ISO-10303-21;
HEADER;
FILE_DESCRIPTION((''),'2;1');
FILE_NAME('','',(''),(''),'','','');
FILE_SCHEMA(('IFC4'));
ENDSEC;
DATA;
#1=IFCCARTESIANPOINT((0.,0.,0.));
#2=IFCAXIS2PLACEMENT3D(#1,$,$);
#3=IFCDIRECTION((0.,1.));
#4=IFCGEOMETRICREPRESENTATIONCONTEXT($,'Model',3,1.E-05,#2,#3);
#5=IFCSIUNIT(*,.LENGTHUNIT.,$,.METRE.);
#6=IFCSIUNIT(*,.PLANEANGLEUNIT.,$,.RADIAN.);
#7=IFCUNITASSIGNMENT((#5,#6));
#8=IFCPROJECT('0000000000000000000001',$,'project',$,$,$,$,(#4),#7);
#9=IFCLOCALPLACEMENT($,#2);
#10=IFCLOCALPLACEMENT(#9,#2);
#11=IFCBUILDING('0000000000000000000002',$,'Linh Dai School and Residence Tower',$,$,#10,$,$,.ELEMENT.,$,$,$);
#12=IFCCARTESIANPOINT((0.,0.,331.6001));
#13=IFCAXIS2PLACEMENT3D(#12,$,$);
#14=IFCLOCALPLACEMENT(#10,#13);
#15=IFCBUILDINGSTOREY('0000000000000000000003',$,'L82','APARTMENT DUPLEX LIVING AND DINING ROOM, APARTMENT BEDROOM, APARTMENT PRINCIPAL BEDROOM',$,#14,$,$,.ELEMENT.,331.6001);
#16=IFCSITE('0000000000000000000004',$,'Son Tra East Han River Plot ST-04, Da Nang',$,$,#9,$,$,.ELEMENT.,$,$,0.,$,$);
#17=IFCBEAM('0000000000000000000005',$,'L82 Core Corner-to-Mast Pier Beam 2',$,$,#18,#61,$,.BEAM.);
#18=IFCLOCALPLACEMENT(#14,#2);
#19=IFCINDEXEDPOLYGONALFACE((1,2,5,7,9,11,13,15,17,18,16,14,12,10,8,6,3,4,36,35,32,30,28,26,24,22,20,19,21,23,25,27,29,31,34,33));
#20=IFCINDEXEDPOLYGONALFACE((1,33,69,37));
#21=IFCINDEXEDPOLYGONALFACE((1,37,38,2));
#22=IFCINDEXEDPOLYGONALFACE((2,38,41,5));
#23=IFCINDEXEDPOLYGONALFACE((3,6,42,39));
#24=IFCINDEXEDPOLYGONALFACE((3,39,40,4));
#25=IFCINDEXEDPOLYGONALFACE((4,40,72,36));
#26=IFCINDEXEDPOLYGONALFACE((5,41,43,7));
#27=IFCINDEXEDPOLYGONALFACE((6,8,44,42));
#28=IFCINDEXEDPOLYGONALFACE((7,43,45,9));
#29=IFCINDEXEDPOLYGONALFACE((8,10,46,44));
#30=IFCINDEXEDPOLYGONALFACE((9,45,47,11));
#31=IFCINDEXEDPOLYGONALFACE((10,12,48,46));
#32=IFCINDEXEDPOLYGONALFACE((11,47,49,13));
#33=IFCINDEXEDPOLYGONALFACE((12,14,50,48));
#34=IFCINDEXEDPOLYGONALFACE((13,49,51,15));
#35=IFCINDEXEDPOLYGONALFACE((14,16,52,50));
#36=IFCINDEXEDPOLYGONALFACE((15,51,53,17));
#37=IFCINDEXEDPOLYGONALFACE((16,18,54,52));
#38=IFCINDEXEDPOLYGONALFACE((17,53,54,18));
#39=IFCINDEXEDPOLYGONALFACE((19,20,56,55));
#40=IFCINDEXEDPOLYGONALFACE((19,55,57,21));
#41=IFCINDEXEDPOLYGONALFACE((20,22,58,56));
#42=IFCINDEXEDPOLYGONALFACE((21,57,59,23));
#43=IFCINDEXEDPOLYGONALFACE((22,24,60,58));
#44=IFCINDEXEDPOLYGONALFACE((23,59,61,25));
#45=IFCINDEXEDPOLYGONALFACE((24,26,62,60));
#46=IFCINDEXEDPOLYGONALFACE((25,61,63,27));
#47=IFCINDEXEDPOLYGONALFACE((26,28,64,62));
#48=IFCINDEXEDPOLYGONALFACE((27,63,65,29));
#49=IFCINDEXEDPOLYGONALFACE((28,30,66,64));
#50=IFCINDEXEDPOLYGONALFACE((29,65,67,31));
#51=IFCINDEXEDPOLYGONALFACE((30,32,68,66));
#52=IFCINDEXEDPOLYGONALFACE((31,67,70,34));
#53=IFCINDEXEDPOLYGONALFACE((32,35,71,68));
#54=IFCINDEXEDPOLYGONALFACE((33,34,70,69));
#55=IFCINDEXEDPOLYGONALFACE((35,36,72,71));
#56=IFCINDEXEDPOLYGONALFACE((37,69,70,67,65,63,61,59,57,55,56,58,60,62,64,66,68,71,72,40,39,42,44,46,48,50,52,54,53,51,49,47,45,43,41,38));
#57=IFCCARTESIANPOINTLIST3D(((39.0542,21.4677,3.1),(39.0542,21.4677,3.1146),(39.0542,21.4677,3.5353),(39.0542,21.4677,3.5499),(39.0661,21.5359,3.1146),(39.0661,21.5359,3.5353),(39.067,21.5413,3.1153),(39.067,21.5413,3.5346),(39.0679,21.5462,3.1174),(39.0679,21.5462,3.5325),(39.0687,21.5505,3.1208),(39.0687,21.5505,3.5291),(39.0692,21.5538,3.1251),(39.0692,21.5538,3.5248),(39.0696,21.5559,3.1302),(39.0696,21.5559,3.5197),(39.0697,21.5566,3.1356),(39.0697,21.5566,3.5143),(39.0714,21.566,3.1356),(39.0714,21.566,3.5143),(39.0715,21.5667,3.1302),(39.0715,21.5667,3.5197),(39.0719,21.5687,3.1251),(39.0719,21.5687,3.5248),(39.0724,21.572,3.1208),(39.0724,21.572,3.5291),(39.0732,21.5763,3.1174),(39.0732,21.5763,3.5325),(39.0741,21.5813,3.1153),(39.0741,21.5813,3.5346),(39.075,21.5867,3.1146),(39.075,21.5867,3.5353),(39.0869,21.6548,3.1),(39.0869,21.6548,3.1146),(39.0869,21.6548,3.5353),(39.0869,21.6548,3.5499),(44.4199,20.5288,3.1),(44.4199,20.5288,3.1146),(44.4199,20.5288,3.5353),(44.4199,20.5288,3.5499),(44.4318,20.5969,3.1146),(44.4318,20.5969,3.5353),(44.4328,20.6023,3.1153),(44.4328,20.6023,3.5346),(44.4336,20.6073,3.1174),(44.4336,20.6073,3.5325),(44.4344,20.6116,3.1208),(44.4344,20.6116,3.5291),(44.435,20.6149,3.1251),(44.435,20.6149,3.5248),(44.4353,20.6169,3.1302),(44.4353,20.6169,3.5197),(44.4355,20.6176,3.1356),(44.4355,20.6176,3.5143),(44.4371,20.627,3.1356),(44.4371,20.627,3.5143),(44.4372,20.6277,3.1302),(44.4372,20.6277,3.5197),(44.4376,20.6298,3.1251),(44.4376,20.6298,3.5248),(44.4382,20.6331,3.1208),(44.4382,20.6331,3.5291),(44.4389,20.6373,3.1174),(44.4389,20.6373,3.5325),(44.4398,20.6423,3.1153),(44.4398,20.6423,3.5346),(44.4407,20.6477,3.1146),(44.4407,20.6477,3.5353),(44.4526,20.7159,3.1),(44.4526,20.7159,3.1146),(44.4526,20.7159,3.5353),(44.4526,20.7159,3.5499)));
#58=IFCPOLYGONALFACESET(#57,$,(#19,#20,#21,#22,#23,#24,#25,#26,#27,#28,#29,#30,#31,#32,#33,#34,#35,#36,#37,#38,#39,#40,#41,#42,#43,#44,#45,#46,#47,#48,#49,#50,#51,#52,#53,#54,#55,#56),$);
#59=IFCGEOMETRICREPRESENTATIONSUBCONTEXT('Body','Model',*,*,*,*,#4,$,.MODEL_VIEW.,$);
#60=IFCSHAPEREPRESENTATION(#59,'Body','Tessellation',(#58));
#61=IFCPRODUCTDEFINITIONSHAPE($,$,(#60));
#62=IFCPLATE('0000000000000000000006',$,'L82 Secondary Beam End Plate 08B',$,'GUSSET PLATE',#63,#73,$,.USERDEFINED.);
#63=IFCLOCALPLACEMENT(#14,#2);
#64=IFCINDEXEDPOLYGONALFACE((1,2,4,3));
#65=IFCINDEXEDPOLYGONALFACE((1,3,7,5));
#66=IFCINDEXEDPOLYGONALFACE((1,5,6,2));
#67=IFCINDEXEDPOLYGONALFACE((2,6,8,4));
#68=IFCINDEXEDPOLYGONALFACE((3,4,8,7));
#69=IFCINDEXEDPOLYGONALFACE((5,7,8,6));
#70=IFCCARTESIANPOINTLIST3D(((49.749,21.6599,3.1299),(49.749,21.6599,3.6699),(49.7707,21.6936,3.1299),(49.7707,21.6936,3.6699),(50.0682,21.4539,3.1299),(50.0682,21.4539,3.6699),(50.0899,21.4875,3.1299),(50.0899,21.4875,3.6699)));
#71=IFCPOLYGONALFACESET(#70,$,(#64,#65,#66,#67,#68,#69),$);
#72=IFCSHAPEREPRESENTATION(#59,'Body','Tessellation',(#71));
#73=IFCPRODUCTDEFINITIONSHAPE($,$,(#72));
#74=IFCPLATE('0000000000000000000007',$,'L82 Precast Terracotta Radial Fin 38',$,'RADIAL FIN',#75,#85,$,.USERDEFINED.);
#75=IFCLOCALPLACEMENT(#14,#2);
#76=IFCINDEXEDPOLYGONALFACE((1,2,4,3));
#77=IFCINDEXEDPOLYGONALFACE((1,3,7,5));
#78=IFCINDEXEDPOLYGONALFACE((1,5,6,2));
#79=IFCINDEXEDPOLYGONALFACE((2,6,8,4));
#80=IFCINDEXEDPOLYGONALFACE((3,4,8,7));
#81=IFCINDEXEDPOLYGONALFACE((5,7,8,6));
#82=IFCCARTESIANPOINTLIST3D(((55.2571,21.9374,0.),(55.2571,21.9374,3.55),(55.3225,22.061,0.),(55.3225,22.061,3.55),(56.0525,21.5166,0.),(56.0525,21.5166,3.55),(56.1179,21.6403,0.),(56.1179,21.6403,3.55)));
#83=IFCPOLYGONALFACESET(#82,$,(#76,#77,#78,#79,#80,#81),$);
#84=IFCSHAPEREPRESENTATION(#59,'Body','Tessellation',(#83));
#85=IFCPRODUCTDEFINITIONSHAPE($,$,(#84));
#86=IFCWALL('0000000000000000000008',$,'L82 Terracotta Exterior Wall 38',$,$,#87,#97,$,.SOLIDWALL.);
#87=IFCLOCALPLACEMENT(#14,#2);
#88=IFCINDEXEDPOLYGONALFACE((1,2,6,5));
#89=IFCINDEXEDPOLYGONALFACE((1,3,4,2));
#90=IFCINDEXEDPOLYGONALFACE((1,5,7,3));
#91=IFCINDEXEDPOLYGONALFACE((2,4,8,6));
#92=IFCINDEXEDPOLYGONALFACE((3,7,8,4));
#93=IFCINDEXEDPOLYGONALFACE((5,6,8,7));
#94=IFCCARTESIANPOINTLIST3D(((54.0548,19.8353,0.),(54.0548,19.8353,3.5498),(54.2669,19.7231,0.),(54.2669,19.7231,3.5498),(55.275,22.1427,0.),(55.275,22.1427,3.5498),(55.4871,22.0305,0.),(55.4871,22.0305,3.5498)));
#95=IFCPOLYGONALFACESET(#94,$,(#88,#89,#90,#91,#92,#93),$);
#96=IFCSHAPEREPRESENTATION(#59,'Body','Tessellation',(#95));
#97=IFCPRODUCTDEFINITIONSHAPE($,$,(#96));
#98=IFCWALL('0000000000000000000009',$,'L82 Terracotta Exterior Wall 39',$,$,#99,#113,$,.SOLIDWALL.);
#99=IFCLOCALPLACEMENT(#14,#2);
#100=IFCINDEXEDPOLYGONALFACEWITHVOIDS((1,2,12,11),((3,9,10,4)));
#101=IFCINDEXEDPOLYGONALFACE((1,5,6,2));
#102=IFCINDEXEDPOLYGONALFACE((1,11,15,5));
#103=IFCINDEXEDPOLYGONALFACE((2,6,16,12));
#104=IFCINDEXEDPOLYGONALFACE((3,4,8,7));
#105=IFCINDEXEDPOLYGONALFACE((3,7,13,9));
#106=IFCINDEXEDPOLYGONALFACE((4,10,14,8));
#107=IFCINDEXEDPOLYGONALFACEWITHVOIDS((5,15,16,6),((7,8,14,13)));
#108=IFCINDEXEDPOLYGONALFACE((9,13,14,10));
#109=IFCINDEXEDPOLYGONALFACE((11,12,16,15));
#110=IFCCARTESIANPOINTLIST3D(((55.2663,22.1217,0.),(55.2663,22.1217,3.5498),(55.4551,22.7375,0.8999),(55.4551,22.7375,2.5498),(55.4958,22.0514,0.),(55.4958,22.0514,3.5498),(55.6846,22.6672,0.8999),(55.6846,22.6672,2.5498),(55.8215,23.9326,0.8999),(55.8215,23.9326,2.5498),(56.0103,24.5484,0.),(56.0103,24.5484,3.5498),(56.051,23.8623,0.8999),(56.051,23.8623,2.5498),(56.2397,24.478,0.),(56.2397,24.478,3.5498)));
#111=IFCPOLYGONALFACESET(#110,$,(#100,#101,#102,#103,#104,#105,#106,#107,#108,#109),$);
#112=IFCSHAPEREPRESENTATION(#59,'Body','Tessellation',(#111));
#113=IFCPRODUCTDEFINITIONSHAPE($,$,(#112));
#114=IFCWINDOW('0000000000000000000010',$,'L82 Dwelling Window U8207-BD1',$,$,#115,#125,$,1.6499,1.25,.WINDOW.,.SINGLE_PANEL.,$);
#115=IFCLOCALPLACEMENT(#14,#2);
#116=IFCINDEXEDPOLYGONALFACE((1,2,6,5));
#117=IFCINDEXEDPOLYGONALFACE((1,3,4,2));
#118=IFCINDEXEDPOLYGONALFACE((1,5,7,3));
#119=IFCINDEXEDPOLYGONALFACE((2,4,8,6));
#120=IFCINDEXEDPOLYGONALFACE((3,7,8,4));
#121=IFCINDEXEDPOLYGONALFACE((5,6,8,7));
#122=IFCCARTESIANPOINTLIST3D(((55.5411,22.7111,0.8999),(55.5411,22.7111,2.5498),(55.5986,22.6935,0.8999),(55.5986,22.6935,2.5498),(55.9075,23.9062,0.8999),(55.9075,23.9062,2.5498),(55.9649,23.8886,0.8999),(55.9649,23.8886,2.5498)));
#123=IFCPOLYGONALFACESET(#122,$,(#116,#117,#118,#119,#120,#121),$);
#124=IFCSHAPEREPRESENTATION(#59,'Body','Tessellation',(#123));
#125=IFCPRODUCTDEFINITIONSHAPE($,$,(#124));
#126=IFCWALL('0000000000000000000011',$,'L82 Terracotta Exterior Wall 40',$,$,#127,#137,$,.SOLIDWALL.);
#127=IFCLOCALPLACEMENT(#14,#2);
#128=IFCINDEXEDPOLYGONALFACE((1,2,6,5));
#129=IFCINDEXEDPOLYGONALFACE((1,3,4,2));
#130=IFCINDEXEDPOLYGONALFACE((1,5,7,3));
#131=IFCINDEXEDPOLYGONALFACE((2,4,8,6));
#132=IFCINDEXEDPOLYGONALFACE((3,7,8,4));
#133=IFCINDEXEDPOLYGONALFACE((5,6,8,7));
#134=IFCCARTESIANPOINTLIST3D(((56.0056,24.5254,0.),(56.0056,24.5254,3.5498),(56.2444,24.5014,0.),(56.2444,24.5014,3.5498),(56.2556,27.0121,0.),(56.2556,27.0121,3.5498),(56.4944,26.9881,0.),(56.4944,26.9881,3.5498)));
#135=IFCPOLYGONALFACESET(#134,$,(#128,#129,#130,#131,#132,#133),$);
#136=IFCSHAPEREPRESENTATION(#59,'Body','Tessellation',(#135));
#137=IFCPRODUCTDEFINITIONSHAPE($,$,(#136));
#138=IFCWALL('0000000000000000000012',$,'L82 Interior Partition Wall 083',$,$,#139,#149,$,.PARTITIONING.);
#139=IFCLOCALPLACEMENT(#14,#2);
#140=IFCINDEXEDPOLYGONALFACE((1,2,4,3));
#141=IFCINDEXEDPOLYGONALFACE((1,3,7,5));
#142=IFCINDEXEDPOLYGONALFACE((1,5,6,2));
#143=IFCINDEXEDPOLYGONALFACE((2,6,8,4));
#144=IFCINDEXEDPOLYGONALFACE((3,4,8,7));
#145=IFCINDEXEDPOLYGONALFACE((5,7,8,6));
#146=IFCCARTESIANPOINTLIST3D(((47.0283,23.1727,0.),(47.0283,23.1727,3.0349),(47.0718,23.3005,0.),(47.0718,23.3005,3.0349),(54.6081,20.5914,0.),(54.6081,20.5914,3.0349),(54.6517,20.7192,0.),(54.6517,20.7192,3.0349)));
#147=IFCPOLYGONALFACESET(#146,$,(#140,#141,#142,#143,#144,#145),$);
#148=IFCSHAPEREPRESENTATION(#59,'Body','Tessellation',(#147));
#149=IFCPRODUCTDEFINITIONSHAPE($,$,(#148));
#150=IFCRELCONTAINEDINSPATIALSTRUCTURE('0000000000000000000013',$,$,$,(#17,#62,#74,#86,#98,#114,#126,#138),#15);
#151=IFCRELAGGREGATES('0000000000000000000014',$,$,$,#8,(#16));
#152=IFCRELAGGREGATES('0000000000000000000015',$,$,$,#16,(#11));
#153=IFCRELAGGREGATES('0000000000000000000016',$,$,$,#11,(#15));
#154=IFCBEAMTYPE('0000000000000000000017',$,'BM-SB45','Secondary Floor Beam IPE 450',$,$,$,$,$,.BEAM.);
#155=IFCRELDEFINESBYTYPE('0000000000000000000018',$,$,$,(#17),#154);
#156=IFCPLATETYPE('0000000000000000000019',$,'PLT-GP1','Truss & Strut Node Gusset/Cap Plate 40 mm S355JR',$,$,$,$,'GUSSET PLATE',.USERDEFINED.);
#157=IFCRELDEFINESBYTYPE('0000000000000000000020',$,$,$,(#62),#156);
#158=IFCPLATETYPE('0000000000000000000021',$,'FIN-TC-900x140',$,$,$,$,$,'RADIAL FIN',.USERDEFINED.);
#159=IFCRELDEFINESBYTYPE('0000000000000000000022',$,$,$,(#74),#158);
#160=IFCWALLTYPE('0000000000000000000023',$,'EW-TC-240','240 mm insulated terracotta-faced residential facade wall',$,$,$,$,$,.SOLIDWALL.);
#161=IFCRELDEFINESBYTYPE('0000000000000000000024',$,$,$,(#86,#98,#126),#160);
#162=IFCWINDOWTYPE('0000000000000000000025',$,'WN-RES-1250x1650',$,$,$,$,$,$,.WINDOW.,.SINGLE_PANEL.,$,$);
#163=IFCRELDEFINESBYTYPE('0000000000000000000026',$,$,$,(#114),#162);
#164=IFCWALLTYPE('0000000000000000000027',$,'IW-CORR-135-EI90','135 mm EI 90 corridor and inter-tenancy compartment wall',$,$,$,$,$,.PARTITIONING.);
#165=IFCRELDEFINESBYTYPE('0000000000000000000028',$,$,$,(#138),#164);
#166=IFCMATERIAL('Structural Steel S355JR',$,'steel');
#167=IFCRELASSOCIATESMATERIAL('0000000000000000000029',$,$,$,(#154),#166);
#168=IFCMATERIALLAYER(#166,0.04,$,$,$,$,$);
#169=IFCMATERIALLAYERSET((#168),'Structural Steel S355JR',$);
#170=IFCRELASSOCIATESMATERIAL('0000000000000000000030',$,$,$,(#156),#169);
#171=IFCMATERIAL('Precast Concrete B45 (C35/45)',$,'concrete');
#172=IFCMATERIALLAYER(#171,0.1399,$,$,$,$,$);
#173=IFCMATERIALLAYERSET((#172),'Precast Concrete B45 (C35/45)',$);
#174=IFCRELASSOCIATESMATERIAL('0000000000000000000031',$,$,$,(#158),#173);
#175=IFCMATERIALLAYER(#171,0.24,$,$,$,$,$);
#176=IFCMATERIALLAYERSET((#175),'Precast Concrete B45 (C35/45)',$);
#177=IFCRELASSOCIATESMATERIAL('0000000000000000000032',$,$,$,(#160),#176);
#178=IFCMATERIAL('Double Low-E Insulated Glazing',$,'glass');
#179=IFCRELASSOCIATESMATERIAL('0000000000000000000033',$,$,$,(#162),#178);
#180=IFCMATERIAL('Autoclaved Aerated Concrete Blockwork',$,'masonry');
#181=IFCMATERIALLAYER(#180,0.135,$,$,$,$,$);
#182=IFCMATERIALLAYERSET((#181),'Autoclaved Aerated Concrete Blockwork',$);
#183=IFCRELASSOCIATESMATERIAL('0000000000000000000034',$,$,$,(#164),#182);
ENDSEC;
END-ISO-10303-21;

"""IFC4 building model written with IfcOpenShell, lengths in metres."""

from ifc_helpers import new_model, si_unit, direction, frame, frame_2d, origin, origin_2d, place, context, subcontext, project, spatial, rectangle, i_section, extrude, source, transform, mapped, material, layer, layer_set, material_profile, profile_set, type_object, element, fill, save


model = new_model("IFC4")

# Units and contexts
model_context = context("Model", 3, precision=1e-05, world=origin(), true_north=direction((0.0, 1.0)))
body_context = subcontext(model_context, "Body", "Model", "MODEL_VIEW")
ifc_project = project(units=[si_unit("LENGTHUNIT", "METRE"), si_unit("PLANEANGLEUNIT", "RADIAN")], contexts=[model_context])

# Site, building, storey
site_placement = place(None, origin())
site = spatial("IfcSite", under=ifc_project, at=site_placement, Name="Son Tra East Han River Plot ST-04, Da Nang", CompositionType="ELEMENT", RefElevation=0.0)
building_placement = place(site_placement, origin())
building = spatial("IfcBuilding", under=site, at=building_placement, Name="Linh Dai School and Residence Tower", CompositionType="ELEMENT")
storey_placement = place(building_placement, frame((0.0, 0.0, 331.6001)))
storey = spatial("IfcBuildingStorey", under=building, at=storey_placement, Name="L82", Description="APARTMENT DUPLEX LIVING AND DINING ROOM, APARTMENT BEDROOM, APARTMENT PRINCIPAL BEDROOM", CompositionType="ELEMENT", Elevation=331.6001)

# Shared definitions
ifc_material_1 = material(Name="Structural Steel S355JR", Category="steel")

# Beam
ifc_material_profile_1 = material_profile(ifc_material_1, i_section(OverallWidth=0.1899, OverallDepth=0.45, WebThickness=0.0095, FlangeThickness=0.0146, FilletRadius=0.021, at=origin_2d()), Name="IPE 450")
ifc_profile_set_1 = profile_set([ifc_material_profile_1], Name="Structural Steel S355JR")
beam_type_1 = type_object("IfcBeamType", Name="BM-SB45", Description="Secondary Floor Beam IPE 450", PredefinedType="BEAM", material=ifc_profile_set_1)
beam_1_placement = place(storey_placement, frame((44.4363, 20.6223, 3.325), z_axis=(-0.985032, 0.172374, 0.0), x_axis=(-0.172374, -0.985032, 0.0)))
element("IfcBeam", 1, at=beam_1_placement, inside=storey, type_object=beam_type_1, Name="L82 Core Corner-to-Mast Pier Beam 2", PredefinedType="BEAM", context=body_context, shape_type="SweptSolid", body=[
    extrude(i_section(OverallWidth=0.1899, OverallDepth=0.45, WebThickness=0.0095, FlangeThickness=0.0146, FilletRadius=0.021, at=origin_2d()), origin(), (0.0, 0.0, 1.0), 5.4473),
])

# Plates
ifc_layer_1 = layer(ifc_material_1, 0.04)
ifc_layer_set_1 = layer_set([ifc_layer_1], Name="Structural Steel S355JR")
plate_type_1 = type_object("IfcPlateType", Name="PLT-GP1", Description="Truss & Strut Node Gusset/Cap Plate 40 mm S355JR", ElementType="GUSSET PLATE", PredefinedType="USERDEFINED", material=ifc_layer_set_1)
shared_shape_1 = source(origin(), body_context, "Body", "SweptSolid", [
    extrude(rectangle(XDim=0.04, YDim=0.3799, at=origin_2d()), origin(), (0.0, 0.0, 1.0), 0.54),
])
plate_1_placement = place(storey_placement, frame((49.9194, 21.5737, 3.1299), z_axis=(0.0, 0.0, 1.0), x_axis=(0.542322, 0.840171, 0.0)))
element("IfcPlate", 2, at=plate_1_placement, inside=storey, type_object=plate_type_1, Name="L82 Secondary Beam End Plate 08B", ObjectType="GUSSET PLATE", PredefinedType="USERDEFINED", context=body_context, shape_type="MappedRepresentation", body=[
    mapped(shared_shape_1, transform((0.0, 0.0, 0.0), x_axis=(1.0, 0.0, 0.0), y_axis=(0.0, 1.0, 0.0), z_axis=(0.0, 0.0, 1.0), scale=1.0)),
])
ifc_material_2 = material(Name="Precast Concrete B45 (C35/45)", Category="concrete")
ifc_layer_2 = layer(ifc_material_2, 0.1399)
ifc_layer_set_2 = layer_set([ifc_layer_2], Name="Precast Concrete B45 (C35/45)")
plate_type_2 = type_object("IfcPlateType", Name="FIN-TC-900x140", ElementType="RADIAL FIN", PredefinedType="USERDEFINED", material=ifc_layer_set_2)
shared_shape_2 = source(origin(), body_context, "Body", "SweptSolid", [
    extrude(rectangle(XDim=0.8999, YDim=0.1399, at=origin_2d()), origin(), (0.0, 0.0, 1.0), 3.55),
])
plate_2_placement = place(storey_placement, frame((55.6875, 21.7888, 0.0), z_axis=(0.0, 0.0, 1.0), x_axis=(0.883972, -0.46754, 0.0)))
element("IfcPlate", 3, at=plate_2_placement, inside=storey, type_object=plate_type_2, Name="L82 Precast Terracotta Radial Fin 38", ObjectType="RADIAL FIN", PredefinedType="USERDEFINED", context=body_context, shape_type="MappedRepresentation", body=[
    mapped(shared_shape_2, transform((0.0, 0.0, 0.0), x_axis=(1.0, 0.0, 0.0), y_axis=(0.0, 1.0, 0.0), z_axis=(0.0, 0.0, 1.0), scale=1.0)),
])

# Wall
ifc_layer_3 = layer(ifc_material_2, 0.24)
ifc_layer_set_3 = layer_set([ifc_layer_3], Name="Precast Concrete B45 (C35/45)")
wall_type_1 = type_object("IfcWallType", Name="EW-TC-240", Description="240 mm insulated terracotta-faced residential facade wall", PredefinedType="SOLIDWALL", material=ifc_layer_set_3)
wall_1_placement = place(storey_placement, frame((55.3811, 22.0867, 0.0), z_axis=(0.0, 0.0, 1.0), x_axis=(-0.467488, -0.883999, 0.0)))
element("IfcWall", 4, at=wall_1_placement, inside=storey, type_object=wall_type_1, Name="L82 Terracotta Exterior Wall 38", PredefinedType="SOLIDWALL", context=body_context, shape_type="SweptSolid", body=[
    extrude(rectangle(XDim=2.6101, YDim=0.24, at=frame_2d((1.3052, 0.0))), origin(), (0.0, 0.0, 1.0), 3.5498),
])

# Wall, opening, window
wall_2_placement = place(storey_placement, frame((56.125, 24.5132, 0.0), z_axis=(0.0, 0.0, 1.0), x_axis=(-0.293106, -0.95608, 0.0)))
wall_2 = element("IfcWall", 5, at=wall_2_placement, inside=storey, type_object=wall_type_1, Name="L82 Terracotta Exterior Wall 39", PredefinedType="SOLIDWALL", context=body_context, shape_type="SweptSolid", body=[
    extrude(rectangle(XDim=2.5381, YDim=0.24, at=frame_2d((1.269, 0.0))), origin(), (0.0, 0.0, 1.0), 3.5498),
])
opening_1_placement = place(wall_2_placement, frame((0.644, 0.0, 0.8999)))
opening_1 = element("IfcOpeningElement", 6, at=opening_1_placement, cuts=wall_2, PredefinedType="OPENING", context=body_context, shape_type="SweptSolid", body=[
    extrude(rectangle(XDim=1.25, YDim=1.6499, at=origin_2d()), frame((0.625, 0.1299, 0.825), z_axis=(0.0, -1.0, 0.0), x_axis=(1.0, 0.0, 0.0)), (0.0, 0.0, 1.0), 0.26),
])
ifc_material_3 = material(Name="Double Low-E Insulated Glazing", Category="glass")
window_type = type_object("IfcWindowType", Name="WN-RES-1250x1650", PartitioningType="SINGLE_PANEL", PredefinedType="WINDOW", material=ifc_material_3)
shared_shape_3 = source(origin(), body_context, "Body", "SweptSolid", [
    extrude(rectangle(XDim=1.25, YDim=1.6499, at=origin_2d()), frame((0.625, 0.03, 0.825), z_axis=(0.0, -1.0, 0.0), x_axis=(1.0, 0.0, 0.0)), (0.0, 0.0, 1.0), 0.0601),
])
window_placement = place(opening_1_placement, origin())
window = element("IfcWindow", 7, at=window_placement, inside=storey, type_object=window_type, Name="L82 Dwelling Window U8207-BD1", OverallHeight=1.6499, OverallWidth=1.25, PartitioningType="SINGLE_PANEL", PredefinedType="WINDOW", context=body_context, shape_type="MappedRepresentation", body=[
    mapped(shared_shape_3, transform((0.0, 0.0, 0.0), x_axis=(1.0, 0.0, 0.0), y_axis=(0.0, 1.0, 0.0), z_axis=(0.0, 0.0, 1.0), scale=1.0)),
])
fill(opening_1, window)

# Walls
wall_3_placement = place(storey_placement, frame((56.375, 27.0, 0.0), z_axis=(0.0, 0.0, 1.0), x_axis=(-0.100026, -0.994985, 0.0)))
element("IfcWall", 8, at=wall_3_placement, inside=storey, type_object=wall_type_1, Name="L82 Terracotta Exterior Wall 40", PredefinedType="SOLIDWALL", context=body_context, shape_type="SweptSolid", body=[
    extrude(rectangle(XDim=2.4993, YDim=0.24, at=frame_2d((1.2495, 0.0))), origin(), (0.0, 0.0, 1.0), 3.5498),
])
ifc_material_4 = material(Name="Autoclaved Aerated Concrete Blockwork", Category="masonry")
ifc_layer_4 = layer(ifc_material_4, 0.135)
ifc_layer_set_4 = layer_set([ifc_layer_4], Name="Autoclaved Aerated Concrete Blockwork")
wall_type_2 = type_object("IfcWallType", Name="IW-CORR-135-EI90", Description="135 mm EI 90 corridor and inter-tenancy compartment wall", PredefinedType="PARTITIONING", material=ifc_layer_set_4)
wall_4_placement = place(storey_placement, frame((47.05, 23.2366, 0.0), z_axis=(0.0, 0.0, 1.0), x_axis=(0.946614, -0.322368, 0.0)))
element("IfcWall", 9, at=wall_4_placement, inside=storey, type_object=wall_type_2, Name="L82 Interior Partition Wall 083", PredefinedType="PARTITIONING", context=body_context, shape_type="SweptSolid", body=[
    extrude(rectangle(XDim=8.0073, YDim=0.135, at=frame_2d((4.0037, 0.0))), origin(), (0.0, 0.0, 1.0), 3.0349),
])

save(model, "model.ifc")
